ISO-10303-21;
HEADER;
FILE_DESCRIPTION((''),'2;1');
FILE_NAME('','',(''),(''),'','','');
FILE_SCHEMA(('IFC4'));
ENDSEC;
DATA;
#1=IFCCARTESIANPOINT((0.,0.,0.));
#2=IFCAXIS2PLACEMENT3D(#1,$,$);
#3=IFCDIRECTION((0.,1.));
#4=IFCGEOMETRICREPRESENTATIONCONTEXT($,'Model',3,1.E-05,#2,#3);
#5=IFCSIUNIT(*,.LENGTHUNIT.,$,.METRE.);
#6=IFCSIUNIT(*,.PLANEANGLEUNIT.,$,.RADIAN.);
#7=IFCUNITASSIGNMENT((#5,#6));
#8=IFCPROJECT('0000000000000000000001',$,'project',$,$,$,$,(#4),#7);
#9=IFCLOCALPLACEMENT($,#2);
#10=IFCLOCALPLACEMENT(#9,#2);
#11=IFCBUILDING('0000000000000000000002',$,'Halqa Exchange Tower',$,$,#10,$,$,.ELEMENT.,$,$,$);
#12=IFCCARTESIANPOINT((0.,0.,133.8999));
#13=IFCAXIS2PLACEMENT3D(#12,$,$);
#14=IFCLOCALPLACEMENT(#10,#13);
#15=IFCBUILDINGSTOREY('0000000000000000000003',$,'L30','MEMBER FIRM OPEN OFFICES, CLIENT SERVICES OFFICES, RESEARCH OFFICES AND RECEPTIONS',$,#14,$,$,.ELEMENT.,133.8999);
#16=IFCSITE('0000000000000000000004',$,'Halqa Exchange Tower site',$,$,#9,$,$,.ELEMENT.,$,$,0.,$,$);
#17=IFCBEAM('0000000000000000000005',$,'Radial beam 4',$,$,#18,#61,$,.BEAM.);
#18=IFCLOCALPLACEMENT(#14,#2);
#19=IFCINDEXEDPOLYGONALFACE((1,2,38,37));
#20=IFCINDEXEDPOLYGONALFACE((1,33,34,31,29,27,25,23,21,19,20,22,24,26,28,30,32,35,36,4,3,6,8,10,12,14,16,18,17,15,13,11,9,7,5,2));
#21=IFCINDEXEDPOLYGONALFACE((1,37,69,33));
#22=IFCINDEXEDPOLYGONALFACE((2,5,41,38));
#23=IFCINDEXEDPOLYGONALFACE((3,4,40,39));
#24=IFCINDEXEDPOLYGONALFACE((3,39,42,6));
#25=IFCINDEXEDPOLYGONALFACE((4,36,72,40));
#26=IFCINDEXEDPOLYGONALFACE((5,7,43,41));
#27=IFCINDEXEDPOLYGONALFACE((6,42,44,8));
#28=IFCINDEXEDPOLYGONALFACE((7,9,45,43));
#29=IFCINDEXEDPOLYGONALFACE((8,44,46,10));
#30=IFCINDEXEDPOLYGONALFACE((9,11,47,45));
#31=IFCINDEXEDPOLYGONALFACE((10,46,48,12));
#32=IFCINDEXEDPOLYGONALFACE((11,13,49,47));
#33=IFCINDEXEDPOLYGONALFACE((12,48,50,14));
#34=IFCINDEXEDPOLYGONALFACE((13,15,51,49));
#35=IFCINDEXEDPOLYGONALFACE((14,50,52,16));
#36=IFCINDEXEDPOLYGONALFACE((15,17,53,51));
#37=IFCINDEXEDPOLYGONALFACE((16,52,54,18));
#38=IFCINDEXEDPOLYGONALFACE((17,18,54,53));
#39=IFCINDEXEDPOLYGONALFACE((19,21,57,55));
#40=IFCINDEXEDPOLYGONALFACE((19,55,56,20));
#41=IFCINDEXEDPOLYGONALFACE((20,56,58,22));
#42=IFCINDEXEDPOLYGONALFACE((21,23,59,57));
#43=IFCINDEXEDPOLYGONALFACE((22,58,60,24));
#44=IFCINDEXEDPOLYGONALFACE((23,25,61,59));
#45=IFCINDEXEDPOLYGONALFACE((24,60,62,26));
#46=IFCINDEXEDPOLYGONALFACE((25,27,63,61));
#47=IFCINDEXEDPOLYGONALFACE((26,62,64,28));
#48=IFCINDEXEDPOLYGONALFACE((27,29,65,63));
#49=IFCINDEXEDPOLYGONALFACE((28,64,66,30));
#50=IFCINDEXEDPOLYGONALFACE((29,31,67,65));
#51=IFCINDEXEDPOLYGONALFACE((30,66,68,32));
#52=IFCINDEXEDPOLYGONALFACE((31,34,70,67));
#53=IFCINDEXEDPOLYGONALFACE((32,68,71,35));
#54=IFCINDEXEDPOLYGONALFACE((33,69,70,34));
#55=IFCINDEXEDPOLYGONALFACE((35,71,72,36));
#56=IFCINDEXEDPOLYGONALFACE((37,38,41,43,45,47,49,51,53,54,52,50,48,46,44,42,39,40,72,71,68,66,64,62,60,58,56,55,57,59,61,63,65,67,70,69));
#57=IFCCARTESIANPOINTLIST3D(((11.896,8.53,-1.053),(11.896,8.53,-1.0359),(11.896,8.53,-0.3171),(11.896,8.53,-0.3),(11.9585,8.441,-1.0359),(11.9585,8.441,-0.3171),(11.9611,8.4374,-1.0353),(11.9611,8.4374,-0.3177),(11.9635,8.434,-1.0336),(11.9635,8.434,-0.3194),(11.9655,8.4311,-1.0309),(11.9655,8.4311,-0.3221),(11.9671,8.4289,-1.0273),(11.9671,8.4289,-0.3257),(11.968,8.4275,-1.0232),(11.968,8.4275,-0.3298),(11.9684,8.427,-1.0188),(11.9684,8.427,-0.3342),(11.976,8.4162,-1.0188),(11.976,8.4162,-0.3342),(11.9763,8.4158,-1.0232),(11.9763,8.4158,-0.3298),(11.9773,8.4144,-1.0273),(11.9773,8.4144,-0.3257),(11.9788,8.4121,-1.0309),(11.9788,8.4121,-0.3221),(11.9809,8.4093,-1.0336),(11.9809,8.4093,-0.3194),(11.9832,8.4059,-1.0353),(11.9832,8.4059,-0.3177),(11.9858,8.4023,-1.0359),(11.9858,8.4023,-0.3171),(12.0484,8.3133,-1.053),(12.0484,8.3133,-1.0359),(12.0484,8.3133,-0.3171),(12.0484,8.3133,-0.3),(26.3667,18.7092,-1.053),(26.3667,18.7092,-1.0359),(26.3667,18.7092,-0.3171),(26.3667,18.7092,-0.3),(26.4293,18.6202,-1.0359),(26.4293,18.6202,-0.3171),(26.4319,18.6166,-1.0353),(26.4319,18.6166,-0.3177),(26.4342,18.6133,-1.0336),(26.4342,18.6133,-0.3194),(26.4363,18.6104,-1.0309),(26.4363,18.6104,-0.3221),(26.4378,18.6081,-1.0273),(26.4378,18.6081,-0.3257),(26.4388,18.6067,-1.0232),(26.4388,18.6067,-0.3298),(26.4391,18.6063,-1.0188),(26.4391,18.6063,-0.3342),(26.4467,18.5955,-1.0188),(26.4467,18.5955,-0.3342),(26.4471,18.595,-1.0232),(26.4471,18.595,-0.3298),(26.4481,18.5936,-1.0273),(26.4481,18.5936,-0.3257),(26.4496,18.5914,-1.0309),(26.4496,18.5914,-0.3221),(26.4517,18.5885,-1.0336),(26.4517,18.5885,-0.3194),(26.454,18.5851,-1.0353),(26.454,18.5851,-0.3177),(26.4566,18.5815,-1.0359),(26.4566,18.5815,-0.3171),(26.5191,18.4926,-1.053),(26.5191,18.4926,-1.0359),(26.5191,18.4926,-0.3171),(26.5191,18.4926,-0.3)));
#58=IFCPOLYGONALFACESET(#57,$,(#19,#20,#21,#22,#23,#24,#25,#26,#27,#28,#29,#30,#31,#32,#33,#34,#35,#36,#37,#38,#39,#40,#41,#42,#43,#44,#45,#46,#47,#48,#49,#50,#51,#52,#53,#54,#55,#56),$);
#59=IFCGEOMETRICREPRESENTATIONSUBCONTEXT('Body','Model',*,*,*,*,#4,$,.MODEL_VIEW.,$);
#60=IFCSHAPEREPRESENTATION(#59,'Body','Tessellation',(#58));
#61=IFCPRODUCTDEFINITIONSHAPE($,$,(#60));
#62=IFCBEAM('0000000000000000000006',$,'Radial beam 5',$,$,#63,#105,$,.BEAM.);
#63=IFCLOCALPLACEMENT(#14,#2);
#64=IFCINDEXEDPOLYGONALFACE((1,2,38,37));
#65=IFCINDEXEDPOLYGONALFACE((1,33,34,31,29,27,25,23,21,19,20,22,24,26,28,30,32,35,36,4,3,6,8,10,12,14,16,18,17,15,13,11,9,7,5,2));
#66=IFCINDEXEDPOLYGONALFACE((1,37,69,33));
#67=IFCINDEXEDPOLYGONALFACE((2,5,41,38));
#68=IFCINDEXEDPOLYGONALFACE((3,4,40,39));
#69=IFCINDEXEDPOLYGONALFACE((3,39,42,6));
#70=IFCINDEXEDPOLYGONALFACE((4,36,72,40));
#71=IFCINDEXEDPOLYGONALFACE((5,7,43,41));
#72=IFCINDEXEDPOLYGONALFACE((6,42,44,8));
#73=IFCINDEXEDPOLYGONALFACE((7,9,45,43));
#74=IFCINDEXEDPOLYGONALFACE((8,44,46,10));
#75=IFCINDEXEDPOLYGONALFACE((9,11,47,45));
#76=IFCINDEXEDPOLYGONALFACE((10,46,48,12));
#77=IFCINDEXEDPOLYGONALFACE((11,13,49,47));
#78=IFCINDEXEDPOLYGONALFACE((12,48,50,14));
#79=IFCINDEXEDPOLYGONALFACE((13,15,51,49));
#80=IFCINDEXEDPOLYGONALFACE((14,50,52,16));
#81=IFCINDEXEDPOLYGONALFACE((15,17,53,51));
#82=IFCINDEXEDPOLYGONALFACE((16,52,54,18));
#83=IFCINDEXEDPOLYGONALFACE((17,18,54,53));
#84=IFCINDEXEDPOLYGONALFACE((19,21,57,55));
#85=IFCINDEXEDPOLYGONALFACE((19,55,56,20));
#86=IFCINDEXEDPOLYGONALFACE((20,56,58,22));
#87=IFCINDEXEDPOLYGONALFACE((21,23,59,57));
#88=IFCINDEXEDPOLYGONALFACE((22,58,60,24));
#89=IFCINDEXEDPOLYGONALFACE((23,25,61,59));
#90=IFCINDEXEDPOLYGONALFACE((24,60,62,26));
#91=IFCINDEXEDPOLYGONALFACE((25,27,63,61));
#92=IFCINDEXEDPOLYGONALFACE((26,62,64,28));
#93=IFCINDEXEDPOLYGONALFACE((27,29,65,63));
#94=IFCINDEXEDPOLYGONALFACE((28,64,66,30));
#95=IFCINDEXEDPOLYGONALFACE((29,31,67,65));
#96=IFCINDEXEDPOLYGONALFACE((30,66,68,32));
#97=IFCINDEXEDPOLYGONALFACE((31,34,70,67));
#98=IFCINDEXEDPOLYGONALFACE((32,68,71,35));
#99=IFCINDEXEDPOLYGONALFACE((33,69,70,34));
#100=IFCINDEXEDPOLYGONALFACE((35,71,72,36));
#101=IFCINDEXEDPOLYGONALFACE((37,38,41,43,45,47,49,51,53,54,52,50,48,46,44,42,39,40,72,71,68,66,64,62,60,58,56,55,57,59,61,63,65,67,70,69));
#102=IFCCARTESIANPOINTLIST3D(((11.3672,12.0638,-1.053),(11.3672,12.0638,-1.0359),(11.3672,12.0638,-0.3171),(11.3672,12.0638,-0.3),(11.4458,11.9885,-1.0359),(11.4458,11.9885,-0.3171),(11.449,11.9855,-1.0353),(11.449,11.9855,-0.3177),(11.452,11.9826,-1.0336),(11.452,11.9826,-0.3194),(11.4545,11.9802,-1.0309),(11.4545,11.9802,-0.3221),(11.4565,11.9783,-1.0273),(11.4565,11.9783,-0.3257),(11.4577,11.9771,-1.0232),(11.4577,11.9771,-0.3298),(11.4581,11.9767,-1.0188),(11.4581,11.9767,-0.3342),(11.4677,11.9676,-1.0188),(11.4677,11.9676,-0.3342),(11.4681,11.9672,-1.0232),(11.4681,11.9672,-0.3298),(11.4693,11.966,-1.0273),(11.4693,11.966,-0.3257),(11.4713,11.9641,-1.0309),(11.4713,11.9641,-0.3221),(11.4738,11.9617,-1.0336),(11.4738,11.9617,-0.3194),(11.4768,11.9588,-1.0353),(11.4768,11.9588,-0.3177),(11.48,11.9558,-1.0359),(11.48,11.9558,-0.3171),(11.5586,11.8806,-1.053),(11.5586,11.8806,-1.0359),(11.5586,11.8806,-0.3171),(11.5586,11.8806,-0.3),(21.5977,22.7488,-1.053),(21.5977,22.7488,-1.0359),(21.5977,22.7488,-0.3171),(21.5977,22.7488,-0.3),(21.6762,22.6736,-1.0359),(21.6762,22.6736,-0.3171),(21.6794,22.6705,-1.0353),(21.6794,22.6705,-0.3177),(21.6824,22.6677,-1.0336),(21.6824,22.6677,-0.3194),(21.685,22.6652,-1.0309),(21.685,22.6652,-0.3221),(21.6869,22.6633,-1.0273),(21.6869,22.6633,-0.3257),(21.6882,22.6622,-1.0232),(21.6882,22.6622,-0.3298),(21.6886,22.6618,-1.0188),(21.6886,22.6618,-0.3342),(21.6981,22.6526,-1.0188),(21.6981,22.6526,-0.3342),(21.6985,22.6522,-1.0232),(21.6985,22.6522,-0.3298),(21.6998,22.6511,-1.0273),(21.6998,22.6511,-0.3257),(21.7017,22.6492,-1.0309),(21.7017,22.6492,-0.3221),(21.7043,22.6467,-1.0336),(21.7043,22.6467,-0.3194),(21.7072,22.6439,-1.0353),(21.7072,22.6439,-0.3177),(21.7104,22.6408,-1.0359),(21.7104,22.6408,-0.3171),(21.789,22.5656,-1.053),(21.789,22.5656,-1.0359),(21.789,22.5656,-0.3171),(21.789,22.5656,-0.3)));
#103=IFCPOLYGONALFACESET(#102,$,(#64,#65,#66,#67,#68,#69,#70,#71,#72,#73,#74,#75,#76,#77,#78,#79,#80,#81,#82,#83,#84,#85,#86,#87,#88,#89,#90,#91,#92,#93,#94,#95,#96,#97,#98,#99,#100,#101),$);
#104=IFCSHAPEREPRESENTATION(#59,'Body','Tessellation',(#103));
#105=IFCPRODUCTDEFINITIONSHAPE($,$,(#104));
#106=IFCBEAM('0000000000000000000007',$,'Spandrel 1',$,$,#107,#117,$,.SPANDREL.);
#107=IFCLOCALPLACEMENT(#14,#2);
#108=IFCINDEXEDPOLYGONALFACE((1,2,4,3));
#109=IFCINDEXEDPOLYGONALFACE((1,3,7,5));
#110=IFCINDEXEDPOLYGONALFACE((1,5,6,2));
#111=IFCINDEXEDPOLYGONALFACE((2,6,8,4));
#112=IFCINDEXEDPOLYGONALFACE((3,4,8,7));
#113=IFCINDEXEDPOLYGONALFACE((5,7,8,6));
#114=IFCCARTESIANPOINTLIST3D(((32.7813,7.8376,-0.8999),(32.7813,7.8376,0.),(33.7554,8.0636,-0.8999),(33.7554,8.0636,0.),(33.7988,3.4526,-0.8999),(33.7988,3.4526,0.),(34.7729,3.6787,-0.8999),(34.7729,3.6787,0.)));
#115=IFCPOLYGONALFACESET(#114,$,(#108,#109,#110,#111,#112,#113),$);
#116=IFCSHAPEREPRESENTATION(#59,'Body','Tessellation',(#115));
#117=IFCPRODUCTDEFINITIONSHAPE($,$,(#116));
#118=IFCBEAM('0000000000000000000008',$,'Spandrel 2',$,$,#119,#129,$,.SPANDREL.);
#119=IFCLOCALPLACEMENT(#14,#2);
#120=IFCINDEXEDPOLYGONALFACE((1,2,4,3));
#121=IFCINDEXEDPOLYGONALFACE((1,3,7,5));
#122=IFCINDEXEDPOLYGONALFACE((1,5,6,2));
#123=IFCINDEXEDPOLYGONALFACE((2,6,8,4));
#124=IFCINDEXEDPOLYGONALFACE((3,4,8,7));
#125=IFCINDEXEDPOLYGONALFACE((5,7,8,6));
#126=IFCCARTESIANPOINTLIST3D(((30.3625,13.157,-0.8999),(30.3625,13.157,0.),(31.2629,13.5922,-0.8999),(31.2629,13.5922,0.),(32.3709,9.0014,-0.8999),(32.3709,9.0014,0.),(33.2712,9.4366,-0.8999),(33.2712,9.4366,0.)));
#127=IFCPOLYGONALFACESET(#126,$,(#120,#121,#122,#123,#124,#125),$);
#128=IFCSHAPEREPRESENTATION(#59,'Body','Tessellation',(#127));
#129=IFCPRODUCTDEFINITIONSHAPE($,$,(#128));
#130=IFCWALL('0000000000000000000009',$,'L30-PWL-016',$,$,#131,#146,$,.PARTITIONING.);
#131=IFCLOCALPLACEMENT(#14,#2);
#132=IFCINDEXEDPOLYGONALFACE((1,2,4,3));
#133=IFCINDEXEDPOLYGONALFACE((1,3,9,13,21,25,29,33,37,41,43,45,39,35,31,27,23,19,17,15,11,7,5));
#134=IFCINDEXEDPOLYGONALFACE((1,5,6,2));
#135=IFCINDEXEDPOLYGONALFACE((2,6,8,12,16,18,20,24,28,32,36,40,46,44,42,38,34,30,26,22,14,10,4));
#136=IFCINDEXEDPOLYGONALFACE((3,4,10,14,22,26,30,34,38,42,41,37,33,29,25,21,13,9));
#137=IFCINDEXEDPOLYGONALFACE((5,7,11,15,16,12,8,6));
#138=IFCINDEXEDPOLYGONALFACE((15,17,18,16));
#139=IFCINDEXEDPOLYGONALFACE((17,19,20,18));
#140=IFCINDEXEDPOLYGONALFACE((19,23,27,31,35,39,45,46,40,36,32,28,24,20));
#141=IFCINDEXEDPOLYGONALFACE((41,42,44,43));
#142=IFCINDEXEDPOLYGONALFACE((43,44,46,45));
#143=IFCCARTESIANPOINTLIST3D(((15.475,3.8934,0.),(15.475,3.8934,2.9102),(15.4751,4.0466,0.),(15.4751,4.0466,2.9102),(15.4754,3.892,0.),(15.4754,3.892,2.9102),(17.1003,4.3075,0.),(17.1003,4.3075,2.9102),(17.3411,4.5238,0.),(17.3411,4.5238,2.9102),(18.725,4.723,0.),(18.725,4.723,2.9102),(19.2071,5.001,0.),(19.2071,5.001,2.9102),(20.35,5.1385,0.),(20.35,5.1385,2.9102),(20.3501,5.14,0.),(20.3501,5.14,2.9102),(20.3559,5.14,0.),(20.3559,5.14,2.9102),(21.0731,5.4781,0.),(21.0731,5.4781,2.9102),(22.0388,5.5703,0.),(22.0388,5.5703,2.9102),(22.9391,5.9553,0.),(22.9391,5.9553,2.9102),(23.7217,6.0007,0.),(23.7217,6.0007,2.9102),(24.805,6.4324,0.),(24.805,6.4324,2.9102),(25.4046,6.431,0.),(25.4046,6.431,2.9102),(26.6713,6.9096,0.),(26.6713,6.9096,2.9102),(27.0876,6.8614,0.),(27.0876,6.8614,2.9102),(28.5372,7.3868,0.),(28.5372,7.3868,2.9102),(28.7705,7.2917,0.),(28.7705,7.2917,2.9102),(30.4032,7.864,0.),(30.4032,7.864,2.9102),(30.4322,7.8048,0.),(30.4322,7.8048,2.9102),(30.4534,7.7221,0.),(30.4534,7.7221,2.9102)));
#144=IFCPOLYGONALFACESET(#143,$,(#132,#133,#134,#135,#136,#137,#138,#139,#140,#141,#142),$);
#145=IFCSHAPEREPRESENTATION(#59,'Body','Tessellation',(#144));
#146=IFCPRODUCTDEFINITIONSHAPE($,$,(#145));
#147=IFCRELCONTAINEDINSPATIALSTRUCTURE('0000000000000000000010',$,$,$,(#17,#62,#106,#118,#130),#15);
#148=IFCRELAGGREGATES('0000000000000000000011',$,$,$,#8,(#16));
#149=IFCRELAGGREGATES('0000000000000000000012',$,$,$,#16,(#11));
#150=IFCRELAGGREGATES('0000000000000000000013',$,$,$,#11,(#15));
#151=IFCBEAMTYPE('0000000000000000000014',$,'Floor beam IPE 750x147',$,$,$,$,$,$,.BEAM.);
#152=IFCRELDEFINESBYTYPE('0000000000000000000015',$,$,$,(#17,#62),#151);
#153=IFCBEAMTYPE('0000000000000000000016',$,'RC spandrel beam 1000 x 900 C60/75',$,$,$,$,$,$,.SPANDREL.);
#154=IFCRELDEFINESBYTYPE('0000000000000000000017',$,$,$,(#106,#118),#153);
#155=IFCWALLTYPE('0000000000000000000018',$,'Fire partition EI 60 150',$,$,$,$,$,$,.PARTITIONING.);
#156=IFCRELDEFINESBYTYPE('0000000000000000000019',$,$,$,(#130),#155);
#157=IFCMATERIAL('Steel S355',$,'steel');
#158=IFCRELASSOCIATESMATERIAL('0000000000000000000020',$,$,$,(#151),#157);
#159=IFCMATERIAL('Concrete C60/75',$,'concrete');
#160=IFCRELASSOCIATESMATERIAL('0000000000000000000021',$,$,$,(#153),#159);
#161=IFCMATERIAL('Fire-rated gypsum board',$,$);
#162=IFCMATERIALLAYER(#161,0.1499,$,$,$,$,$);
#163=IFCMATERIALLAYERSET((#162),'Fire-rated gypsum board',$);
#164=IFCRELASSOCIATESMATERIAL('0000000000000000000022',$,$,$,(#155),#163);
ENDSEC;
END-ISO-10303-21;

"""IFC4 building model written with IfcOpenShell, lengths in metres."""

from ifc_helpers import new_model, si_unit, direction, frame, origin, origin_2d, place, context, subcontext, project, spatial, polyline, rectangle, i_section, outline, extrude, material, layer, layer_set, material_profile, profile_set, type_object, element, save


model = new_model("IFC4")

# Units and contexts
model_context = context("Model", 3, precision=1e-05, world=origin(), true_north=direction((0.0, 1.0)))
body_context = subcontext(model_context, "Body", "Model", "MODEL_VIEW")
ifc_project = project(units=[si_unit("LENGTHUNIT", "METRE"), si_unit("PLANEANGLEUNIT", "RADIAN")], contexts=[model_context])

# Site, building, storey
site_placement = place(None, origin())
site = spatial("IfcSite", under=ifc_project, at=site_placement, Name="Halqa Exchange Tower site", CompositionType="ELEMENT", RefElevation=0.0)
building_placement = place(site_placement, origin())
building = spatial("IfcBuilding", under=site, at=building_placement, Name="Halqa Exchange Tower", CompositionType="ELEMENT")
storey_placement = place(building_placement, frame((0.0, 0.0, 133.8999)))
storey = spatial("IfcBuildingStorey", under=building, at=storey_placement, Name="L30", Description="MEMBER FIRM OPEN OFFICES, CLIENT SERVICES OFFICES, RESEARCH OFFICES AND RECEPTIONS", CompositionType="ELEMENT", Elevation=133.8999)

# Beams
ifc_material_1 = material(Name="Steel S355", Category="steel")
ifc_material_profile_1 = material_profile(ifc_material_1, i_section(OverallWidth=0.2649, OverallDepth=0.7529, WebThickness=0.0132, FlangeThickness=0.0171, FilletRadius=0.0171, at=origin_2d()), Name="IPE 750x147")
ifc_profile_set_1 = profile_set([ifc_material_profile_1], Name="Steel S355")
beam_type_1 = type_object("IfcBeamType", Name="Floor beam IPE 750x147", PredefinedType="BEAM", material=ifc_profile_set_1)
beam_1_placement = place(storey_placement, frame((11.9722, 8.4216, -0.6765), z_axis=(0.81791, 0.575346, 0.0), x_axis=(-0.575346, 0.81791, 0.0)))
element("IfcBeam", 1, at=beam_1_placement, inside=storey, type_object=beam_type_1, Name="Radial beam 4", PredefinedType="BEAM", context=body_context, shape_type="SweptSolid", body=[
    extrude(i_section(OverallWidth=0.2649, OverallDepth=0.7529, WebThickness=0.0132, FlangeThickness=0.0171, FilletRadius=0.0171, at=origin_2d()), origin(), (0.0, 0.0, 1.0), 17.6924),
])
beam_2_placement = place(storey_placement, frame((11.4629, 11.9722, -0.6765), z_axis=(0.691575, 0.722305, 0.0), x_axis=(-0.722305, 0.691575, 0.0)))
element("IfcBeam", 2, at=beam_2_placement, inside=storey, type_object=beam_type_1, Name="Radial beam 5", PredefinedType="BEAM", context=body_context, shape_type="SweptSolid", body=[
    extrude(i_section(OverallWidth=0.2649, OverallDepth=0.7529, WebThickness=0.0132, FlangeThickness=0.0171, FilletRadius=0.0171, at=origin_2d()), origin(), (0.0, 0.0, 1.0), 14.793),
])
ifc_material_2 = material(Name="Concrete C60/75", Category="concrete")
ifc_material_profile_2 = material_profile(ifc_material_2, rectangle(XDim=1.0, YDim=0.8999, at=origin_2d()), Name="1000 x 900")
ifc_profile_set_2 = profile_set([ifc_material_profile_2], Name="Concrete C60/75")
beam_type_2 = type_object("IfcBeamType", Name="RC spandrel beam 1000 x 900 C60/75", PredefinedType="SPANDREL", material=ifc_profile_set_2)
beam_3_placement = place(storey_placement, frame((34.2859, 3.5657, -0.45), z_axis=(-0.226052, 0.974115, 0.0), x_axis=(-0.974115, -0.226052, 0.0)))
element("IfcBeam", 3, at=beam_3_placement, inside=storey, type_object=beam_type_2, Name="Spandrel 1", PredefinedType="SPANDREL", context=body_context, shape_type="SweptSolid", body=[
    extrude(rectangle(XDim=1.0, YDim=0.8999, at=origin_2d()), origin(), (0.0, 0.0, 1.0), 4.5015),
])
beam_4_placement = place(storey_placement, frame((32.821, 9.219, -0.45), z_axis=(-0.435134, 0.900366, 0.0), x_axis=(-0.900366, -0.435134, 0.0)))
element("IfcBeam", 4, at=beam_4_placement, inside=storey, type_object=beam_type_2, Name="Spandrel 2", PredefinedType="SPANDREL", context=body_context, shape_type="SweptSolid", body=[
    extrude(rectangle(XDim=1.0, YDim=0.8999, at=origin_2d()), origin(), (0.0, 0.0, 1.0), 4.6155),
])

# Wall
ifc_material_3 = material(Name="Fire-rated gypsum board")
ifc_layer_1 = layer(ifc_material_3, 0.1499)
ifc_layer_set_1 = layer_set([ifc_layer_1], Name="Fire-rated gypsum board")
wall_type_1 = type_object("IfcWallType", Name="Fire partition EI 60 150", PredefinedType="PARTITIONING", material=ifc_layer_set_1)
wall_1_placement = place(storey_placement, frame((15.4568, 3.9646, 0.0), z_axis=(0.0, 0.0, 1.0), x_axis=(0.968826, 0.247742, 0.0)))
element("IfcWall", 5, at=wall_1_placement, inside=storey, type_object=wall_type_1, Name="L30-PWL-016", PredefinedType="PARTITIONING", context=body_context, shape_type="SweptSolid", body=[
    extrude(outline(polyline([(0.0, -0.075), (1.6772, -0.075), (3.3542, -0.075), (5.0315, -0.075), (5.032, -0.0735), (5.0376, -0.075), (6.7747, -0.075), (8.5117, -0.075), (10.2488, -0.075), (11.9858, -0.075), (13.7229, -0.075), (15.46, -0.075), (15.46, 0.0105), (15.4465, 0.075), (13.5205, 0.075), (11.5945, 0.075), (9.6682, 0.075), (7.7422, 0.075), (5.8162, 0.075), (3.8901, 0.075), (1.9641, 0.075), (0.0381, 0.075), (0.0, -0.0735), (0.0, -0.075)])), origin(), (0.0, 0.0, 1.0), 2.9102),
])

save(model, "model.ifc")
